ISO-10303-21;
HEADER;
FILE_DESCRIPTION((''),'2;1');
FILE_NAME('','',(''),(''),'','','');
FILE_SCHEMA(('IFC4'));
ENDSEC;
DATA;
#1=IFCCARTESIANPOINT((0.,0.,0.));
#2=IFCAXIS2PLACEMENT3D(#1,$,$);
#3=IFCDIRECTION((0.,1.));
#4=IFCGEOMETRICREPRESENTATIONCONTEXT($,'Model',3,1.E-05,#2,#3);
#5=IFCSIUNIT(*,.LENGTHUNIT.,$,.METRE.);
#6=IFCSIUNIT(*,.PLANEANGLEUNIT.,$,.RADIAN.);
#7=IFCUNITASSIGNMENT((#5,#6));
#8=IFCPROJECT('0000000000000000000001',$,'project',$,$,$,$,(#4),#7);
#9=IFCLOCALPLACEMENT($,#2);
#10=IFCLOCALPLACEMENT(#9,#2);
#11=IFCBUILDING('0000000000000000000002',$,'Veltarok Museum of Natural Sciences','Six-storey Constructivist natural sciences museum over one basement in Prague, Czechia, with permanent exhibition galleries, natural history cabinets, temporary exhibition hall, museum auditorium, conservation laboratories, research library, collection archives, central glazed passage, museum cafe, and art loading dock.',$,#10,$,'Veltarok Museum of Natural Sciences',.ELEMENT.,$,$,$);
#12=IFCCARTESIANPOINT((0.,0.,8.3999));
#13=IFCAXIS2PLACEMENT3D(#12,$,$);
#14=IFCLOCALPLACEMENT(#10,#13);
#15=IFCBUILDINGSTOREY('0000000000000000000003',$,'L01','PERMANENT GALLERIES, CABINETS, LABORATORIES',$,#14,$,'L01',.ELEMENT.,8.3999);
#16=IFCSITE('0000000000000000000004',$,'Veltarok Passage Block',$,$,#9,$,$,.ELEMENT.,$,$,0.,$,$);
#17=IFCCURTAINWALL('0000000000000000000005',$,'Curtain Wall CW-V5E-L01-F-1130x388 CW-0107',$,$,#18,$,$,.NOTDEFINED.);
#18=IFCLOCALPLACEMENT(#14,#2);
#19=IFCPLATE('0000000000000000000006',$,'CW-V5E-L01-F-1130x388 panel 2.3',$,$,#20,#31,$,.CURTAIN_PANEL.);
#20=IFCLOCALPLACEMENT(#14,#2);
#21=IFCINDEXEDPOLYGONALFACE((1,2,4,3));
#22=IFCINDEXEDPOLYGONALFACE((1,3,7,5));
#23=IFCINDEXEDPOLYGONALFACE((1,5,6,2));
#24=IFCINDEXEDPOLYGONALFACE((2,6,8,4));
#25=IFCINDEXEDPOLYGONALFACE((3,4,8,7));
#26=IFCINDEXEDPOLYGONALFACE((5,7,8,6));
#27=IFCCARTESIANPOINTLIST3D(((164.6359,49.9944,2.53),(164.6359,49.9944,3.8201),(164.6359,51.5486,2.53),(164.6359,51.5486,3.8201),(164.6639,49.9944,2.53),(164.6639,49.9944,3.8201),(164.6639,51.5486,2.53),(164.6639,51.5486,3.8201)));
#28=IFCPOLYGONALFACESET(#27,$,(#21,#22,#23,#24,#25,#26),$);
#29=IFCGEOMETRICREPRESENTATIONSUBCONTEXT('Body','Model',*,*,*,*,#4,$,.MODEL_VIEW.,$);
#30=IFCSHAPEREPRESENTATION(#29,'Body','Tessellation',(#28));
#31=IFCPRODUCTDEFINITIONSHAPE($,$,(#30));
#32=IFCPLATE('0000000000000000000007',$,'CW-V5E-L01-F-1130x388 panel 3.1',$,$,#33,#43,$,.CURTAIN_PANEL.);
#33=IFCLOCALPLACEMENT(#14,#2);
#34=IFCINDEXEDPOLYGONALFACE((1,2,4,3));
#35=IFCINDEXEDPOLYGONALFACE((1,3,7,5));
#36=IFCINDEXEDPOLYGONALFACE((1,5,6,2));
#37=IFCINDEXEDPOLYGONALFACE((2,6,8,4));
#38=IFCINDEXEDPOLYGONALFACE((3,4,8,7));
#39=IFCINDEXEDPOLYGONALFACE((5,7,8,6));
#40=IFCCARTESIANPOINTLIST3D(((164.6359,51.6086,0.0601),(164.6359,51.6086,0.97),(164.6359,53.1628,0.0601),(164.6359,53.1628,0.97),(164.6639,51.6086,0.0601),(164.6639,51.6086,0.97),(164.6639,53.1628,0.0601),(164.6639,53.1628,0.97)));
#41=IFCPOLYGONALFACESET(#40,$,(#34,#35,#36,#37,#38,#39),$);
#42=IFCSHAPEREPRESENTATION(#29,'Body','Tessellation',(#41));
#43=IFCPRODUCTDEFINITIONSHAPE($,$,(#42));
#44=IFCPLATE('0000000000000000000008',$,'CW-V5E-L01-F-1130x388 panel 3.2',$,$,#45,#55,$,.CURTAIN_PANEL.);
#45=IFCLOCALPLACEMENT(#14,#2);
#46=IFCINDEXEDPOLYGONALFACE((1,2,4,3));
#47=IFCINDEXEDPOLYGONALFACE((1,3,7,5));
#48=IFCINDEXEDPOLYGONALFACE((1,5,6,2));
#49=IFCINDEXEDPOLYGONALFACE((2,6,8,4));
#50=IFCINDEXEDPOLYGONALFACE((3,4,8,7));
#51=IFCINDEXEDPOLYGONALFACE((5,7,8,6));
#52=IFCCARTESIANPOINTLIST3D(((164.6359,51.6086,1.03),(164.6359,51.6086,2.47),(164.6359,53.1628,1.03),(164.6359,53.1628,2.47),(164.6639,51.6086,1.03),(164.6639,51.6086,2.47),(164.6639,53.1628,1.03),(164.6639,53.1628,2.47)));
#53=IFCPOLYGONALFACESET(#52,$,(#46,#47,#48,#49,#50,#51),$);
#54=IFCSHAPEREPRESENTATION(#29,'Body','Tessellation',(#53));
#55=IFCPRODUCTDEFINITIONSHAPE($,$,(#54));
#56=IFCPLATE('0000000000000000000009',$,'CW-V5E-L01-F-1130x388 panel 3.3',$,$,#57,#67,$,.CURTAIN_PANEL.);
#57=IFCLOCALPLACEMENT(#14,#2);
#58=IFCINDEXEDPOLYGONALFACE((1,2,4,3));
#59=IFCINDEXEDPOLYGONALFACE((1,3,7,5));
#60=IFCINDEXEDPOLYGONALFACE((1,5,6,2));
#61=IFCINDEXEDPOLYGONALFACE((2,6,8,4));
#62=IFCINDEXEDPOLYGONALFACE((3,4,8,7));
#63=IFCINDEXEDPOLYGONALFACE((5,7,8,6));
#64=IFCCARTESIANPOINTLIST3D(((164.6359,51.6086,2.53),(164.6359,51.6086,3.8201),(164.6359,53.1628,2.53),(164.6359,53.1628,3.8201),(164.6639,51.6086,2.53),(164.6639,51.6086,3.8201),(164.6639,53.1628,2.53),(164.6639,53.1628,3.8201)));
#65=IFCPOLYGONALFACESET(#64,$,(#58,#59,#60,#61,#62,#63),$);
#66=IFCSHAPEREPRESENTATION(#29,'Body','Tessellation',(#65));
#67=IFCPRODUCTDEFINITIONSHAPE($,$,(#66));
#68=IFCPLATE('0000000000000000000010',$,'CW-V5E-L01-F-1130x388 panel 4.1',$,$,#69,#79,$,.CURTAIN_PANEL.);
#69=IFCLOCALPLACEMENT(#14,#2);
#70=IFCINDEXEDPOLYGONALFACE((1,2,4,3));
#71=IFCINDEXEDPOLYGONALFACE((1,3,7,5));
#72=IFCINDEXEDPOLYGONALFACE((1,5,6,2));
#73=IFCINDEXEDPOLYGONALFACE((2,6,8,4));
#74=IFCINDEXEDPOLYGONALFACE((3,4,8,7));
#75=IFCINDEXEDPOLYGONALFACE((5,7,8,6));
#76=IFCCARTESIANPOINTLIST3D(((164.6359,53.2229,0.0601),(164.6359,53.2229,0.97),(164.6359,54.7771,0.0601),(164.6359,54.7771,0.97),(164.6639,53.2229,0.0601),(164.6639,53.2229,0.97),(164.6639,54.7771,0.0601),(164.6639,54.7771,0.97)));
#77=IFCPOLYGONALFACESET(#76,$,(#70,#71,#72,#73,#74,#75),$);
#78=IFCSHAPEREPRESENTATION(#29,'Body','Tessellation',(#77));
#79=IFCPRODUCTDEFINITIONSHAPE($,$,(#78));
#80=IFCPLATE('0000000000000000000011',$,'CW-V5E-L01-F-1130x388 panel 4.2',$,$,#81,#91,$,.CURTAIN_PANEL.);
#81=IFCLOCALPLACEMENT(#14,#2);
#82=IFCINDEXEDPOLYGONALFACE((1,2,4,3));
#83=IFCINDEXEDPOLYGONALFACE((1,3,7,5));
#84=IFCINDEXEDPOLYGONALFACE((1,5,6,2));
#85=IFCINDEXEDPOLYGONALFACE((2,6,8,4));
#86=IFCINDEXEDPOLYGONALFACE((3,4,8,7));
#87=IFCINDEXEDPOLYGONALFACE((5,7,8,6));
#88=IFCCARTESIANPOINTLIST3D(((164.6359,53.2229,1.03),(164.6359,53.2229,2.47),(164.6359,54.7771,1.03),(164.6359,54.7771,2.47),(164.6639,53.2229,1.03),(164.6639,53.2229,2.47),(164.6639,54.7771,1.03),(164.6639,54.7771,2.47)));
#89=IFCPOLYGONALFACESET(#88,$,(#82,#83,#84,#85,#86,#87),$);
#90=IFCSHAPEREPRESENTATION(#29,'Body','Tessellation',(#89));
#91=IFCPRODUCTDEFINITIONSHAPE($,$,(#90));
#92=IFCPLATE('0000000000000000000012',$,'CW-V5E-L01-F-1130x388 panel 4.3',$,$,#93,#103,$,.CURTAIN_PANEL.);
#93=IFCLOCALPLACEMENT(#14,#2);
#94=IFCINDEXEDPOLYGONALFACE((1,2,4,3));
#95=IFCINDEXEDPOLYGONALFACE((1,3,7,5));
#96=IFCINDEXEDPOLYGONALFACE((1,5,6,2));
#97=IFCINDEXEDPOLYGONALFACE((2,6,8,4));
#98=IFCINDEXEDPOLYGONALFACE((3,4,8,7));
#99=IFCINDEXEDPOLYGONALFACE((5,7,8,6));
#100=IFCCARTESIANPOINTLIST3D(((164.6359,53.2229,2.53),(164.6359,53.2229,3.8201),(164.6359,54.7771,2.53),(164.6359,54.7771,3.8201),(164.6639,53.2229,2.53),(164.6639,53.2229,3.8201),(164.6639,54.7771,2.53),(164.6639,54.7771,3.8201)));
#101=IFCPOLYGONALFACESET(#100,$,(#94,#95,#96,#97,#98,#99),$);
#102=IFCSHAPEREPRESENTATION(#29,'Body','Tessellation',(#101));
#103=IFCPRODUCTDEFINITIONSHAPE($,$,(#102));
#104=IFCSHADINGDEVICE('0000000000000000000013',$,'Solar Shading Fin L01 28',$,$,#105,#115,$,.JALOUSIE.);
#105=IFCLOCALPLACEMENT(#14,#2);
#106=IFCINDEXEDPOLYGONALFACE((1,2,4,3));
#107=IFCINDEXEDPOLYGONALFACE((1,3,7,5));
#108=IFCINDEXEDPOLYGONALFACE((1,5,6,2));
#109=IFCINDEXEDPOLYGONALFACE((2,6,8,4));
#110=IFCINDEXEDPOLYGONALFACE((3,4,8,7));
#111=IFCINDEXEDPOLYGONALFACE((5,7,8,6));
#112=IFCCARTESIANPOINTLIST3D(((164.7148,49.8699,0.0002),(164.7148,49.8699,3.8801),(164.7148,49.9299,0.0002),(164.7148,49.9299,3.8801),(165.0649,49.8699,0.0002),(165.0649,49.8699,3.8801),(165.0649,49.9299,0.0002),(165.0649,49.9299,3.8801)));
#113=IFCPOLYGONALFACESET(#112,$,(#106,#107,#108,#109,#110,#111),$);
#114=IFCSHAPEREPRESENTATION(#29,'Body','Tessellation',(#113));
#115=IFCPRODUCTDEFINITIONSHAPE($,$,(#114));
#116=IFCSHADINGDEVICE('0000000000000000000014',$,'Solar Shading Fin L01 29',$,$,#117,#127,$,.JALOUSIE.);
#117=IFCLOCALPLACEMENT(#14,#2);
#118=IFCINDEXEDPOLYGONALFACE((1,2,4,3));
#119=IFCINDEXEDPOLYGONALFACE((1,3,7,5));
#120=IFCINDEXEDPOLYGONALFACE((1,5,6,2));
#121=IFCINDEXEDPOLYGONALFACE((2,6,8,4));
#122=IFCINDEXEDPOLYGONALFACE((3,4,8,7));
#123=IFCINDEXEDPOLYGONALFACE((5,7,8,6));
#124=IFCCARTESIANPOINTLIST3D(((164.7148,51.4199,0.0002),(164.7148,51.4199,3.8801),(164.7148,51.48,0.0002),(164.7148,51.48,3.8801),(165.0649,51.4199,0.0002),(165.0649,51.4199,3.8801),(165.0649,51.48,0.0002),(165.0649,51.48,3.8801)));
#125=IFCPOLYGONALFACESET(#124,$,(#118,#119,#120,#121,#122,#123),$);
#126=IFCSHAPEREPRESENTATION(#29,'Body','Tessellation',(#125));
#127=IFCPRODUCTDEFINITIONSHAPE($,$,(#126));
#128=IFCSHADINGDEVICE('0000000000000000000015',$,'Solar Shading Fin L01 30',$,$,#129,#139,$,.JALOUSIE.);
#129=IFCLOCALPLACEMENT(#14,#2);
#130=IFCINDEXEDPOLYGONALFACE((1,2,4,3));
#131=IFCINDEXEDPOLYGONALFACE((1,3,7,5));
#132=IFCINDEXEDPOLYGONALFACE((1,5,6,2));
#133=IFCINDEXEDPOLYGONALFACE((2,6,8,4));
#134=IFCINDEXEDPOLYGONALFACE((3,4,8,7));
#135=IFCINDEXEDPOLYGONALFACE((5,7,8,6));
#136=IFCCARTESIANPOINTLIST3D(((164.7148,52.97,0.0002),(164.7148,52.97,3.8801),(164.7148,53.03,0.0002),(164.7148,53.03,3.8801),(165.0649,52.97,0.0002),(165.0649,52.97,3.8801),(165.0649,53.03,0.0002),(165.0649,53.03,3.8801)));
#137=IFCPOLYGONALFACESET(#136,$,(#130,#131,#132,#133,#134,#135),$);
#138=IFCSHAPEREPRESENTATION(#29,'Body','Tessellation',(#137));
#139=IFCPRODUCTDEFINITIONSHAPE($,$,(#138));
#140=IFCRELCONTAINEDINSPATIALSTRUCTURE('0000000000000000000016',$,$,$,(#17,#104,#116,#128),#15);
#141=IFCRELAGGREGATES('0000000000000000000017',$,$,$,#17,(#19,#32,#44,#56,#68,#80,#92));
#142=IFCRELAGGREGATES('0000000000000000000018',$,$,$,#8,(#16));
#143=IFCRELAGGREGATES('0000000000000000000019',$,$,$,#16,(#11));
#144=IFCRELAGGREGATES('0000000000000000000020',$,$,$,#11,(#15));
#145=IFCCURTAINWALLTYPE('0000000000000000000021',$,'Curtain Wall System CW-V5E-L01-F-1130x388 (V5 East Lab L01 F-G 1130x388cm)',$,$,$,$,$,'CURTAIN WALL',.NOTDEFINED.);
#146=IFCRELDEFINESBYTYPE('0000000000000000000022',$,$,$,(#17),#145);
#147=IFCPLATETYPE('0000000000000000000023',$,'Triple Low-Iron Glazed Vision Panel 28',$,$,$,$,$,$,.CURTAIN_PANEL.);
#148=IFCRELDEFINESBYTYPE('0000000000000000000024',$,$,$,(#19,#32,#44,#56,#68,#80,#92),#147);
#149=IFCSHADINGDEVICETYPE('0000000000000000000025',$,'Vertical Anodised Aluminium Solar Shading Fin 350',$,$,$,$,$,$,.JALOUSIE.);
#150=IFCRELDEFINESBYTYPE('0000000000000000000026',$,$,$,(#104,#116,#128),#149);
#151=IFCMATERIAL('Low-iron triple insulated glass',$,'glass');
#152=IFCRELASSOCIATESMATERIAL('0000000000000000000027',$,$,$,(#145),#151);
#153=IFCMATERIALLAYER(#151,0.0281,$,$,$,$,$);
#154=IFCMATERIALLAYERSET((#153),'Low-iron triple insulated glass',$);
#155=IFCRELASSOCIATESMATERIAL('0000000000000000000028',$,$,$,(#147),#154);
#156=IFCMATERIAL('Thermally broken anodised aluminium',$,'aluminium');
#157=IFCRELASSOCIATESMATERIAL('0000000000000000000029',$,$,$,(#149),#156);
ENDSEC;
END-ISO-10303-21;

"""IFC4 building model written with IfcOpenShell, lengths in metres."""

from ifc_helpers import new_model, si_unit, direction, frame, origin, origin_2d, place, context, subcontext, project, spatial, rectangle, extrude, material, layer, layer_set, type_object, element, aggregate, save


model = new_model("IFC4")

# Units and contexts
model_context = context("Model", 3, precision=1e-05, world=origin(), true_north=direction((0.0, 1.0)))
body_context = subcontext(model_context, "Body", "Model", "MODEL_VIEW")
ifc_project = project(units=[si_unit("LENGTHUNIT", "METRE"), si_unit("PLANEANGLEUNIT", "RADIAN")], contexts=[model_context])

# Site, building, storey
site_placement = place(None, origin())
site = spatial("IfcSite", under=ifc_project, at=site_placement, Name="Veltarok Passage Block", CompositionType="ELEMENT", RefElevation=0.0)
building_placement = place(site_placement, origin())
building = spatial("IfcBuilding", under=site, at=building_placement, Name="Veltarok Museum of Natural Sciences", Description="Six-storey Constructivist natural sciences museum over one basement in Prague, Czechia, with permanent exhibition galleries, natural history cabinets, temporary exhibition hall, museum auditorium, conservation laboratories, research library, collection archives, central glazed passage, museum cafe, and art loading dock.", LongName="Veltarok Museum of Natural Sciences", CompositionType="ELEMENT")
storey_placement = place(building_placement, frame((0.0, 0.0, 8.3999)))
storey = spatial("IfcBuildingStorey", under=building, at=storey_placement, Name="L01", Description="PERMANENT GALLERIES, CABINETS, LABORATORIES", LongName="L01", CompositionType="ELEMENT", Elevation=8.3999)

# Curtain wall, plates
ifc_material_1 = material(Name="Low-iron triple insulated glass", Category="glass")
curtain_wall_type = type_object("IfcCurtainWallType", Name="Curtain Wall System CW-V5E-L01-F-1130x388 (V5 East Lab L01 F-G 1130x388cm)", ElementType="CURTAIN WALL", PredefinedType="NOTDEFINED", material=ifc_material_1)
curtain_wall_placement = place(storey_placement, origin())
curtain_wall = element("IfcCurtainWall", 1, at=curtain_wall_placement, inside=storey, type_object=curtain_wall_type, Name="Curtain Wall CW-V5E-L01-F-1130x388 CW-0107", PredefinedType="NOTDEFINED")
ifc_material_2 = material(Name="Thermally broken anodised aluminium", Category="aluminium")
ifc_layer = layer(ifc_material_1, 0.0281)
ifc_layer_set = layer_set([ifc_layer], Name="Low-iron triple insulated glass")
plate_type = type_object("IfcPlateType", Name="Triple Low-Iron Glazed Vision Panel 28", PredefinedType="CURTAIN_PANEL", material=ifc_layer_set)
plate_1_placement = place(storey_placement, frame((164.6499, 50.7715, 2.53), z_axis=(0.0, 0.0, 1.0), x_axis=(0.0, 1.0, 0.0)))
plate_1 = element("IfcPlate", 2, at=plate_1_placement, type_object=plate_type, Name="CW-V5E-L01-F-1130x388 panel 2.3", PredefinedType="CURTAIN_PANEL", context=body_context, shape_type="SweptSolid", body=[
    extrude(rectangle(XDim=1.5542, YDim=0.0281, at=origin_2d()), origin(), (0.0, 0.0, 1.0), 1.29),
])
plate_2_placement = place(storey_placement, frame((164.6499, 52.3857, 0.0601), z_axis=(0.0, 0.0, 1.0), x_axis=(0.0, 1.0, 0.0)))
plate_2 = element("IfcPlate", 3, at=plate_2_placement, type_object=plate_type, Name="CW-V5E-L01-F-1130x388 panel 3.1", PredefinedType="CURTAIN_PANEL", context=body_context, shape_type="SweptSolid", body=[
    extrude(rectangle(XDim=1.5542, YDim=0.0281, at=origin_2d()), origin(), (0.0, 0.0, 1.0), 0.9099),
])
plate_3_placement = place(storey_placement, frame((164.6499, 52.3857, 1.03), z_axis=(0.0, 0.0, 1.0), x_axis=(0.0, 1.0, 0.0)))
plate_3 = element("IfcPlate", 4, at=plate_3_placement, type_object=plate_type, Name="CW-V5E-L01-F-1130x388 panel 3.2", PredefinedType="CURTAIN_PANEL", context=body_context, shape_type="SweptSolid", body=[
    extrude(rectangle(XDim=1.5542, YDim=0.0281, at=origin_2d()), origin(), (0.0, 0.0, 1.0), 1.4399),
])
plate_4_placement = place(storey_placement, frame((164.6499, 52.3857, 2.53), z_axis=(0.0, 0.0, 1.0), x_axis=(0.0, 1.0, 0.0)))
plate_4 = element("IfcPlate", 5, at=plate_4_placement, type_object=plate_type, Name="CW-V5E-L01-F-1130x388 panel 3.3", PredefinedType="CURTAIN_PANEL", context=body_context, shape_type="SweptSolid", body=[
    extrude(rectangle(XDim=1.5542, YDim=0.0281, at=origin_2d()), origin(), (0.0, 0.0, 1.0), 1.29),
])
plate_5_placement = place(storey_placement, frame((164.6499, 54.0, 0.0601), z_axis=(0.0, 0.0, 1.0), x_axis=(0.0, 1.0, 0.0)))
plate_5 = element("IfcPlate", 6, at=plate_5_placement, type_object=plate_type, Name="CW-V5E-L01-F-1130x388 panel 4.1", PredefinedType="CURTAIN_PANEL", context=body_context, shape_type="SweptSolid", body=[
    extrude(rectangle(XDim=1.5542, YDim=0.0281, at=origin_2d()), origin(), (0.0, 0.0, 1.0), 0.9099),
])
plate_6_placement = place(storey_placement, frame((164.6499, 54.0, 1.03), z_axis=(0.0, 0.0, 1.0), x_axis=(0.0, 1.0, 0.0)))
plate_6 = element("IfcPlate", 7, at=plate_6_placement, type_object=plate_type, Name="CW-V5E-L01-F-1130x388 panel 4.2", PredefinedType="CURTAIN_PANEL", context=body_context, shape_type="SweptSolid", body=[
    extrude(rectangle(XDim=1.5542, YDim=0.0281, at=origin_2d()), origin(), (0.0, 0.0, 1.0), 1.4399),
])
plate_7_placement = place(storey_placement, frame((164.6499, 54.0, 2.53), z_axis=(0.0, 0.0, 1.0), x_axis=(0.0, 1.0, 0.0)))
plate_7 = element("IfcPlate", 8, at=plate_7_placement, type_object=plate_type, Name="CW-V5E-L01-F-1130x388 panel 4.3", PredefinedType="CURTAIN_PANEL", context=body_context, shape_type="SweptSolid", body=[
    extrude(rectangle(XDim=1.5542, YDim=0.0281, at=origin_2d()), origin(), (0.0, 0.0, 1.0), 1.29),
])
aggregate(curtain_wall, [plate_1, plate_2, plate_3, plate_4, plate_5, plate_6, plate_7])

# Shading devices
shading_device_type = type_object("IfcShadingDeviceType", Name="Vertical Anodised Aluminium Solar Shading Fin 350", PredefinedType="JALOUSIE", material=ifc_material_2)
for number, where, z_axis, x_axis, name in (
    (9, (164.8899, 49.8999, 0.0002), (0.0, 0.0, 1.0), (1.0, 0.0, 0.0), "Solar Shading Fin L01 28"),
    (10, (164.8899, 51.45, 0.0002), (0.0, 0.0, 1.0), (1.0, 0.0, 0.0), "Solar Shading Fin L01 29"),
    (11, (164.8899, 53.0, 0.0002), (0.0, 0.0, 1.0), (1.0, 0.0, 0.0), "Solar Shading Fin L01 30"),
):
    element("IfcShadingDevice", number, at=place(storey_placement, frame(where, z_axis=z_axis, x_axis=x_axis)), inside=storey, type_object=shading_device_type, Name=name, PredefinedType="JALOUSIE", context=body_context, shape_type="SweptSolid", body=[
        extrude(rectangle(XDim=0.3501, YDim=0.0601, at=origin_2d()), origin(), (0.0, 0.0, 1.0), 3.8799),
    ])

save(model, "model.ifc")
